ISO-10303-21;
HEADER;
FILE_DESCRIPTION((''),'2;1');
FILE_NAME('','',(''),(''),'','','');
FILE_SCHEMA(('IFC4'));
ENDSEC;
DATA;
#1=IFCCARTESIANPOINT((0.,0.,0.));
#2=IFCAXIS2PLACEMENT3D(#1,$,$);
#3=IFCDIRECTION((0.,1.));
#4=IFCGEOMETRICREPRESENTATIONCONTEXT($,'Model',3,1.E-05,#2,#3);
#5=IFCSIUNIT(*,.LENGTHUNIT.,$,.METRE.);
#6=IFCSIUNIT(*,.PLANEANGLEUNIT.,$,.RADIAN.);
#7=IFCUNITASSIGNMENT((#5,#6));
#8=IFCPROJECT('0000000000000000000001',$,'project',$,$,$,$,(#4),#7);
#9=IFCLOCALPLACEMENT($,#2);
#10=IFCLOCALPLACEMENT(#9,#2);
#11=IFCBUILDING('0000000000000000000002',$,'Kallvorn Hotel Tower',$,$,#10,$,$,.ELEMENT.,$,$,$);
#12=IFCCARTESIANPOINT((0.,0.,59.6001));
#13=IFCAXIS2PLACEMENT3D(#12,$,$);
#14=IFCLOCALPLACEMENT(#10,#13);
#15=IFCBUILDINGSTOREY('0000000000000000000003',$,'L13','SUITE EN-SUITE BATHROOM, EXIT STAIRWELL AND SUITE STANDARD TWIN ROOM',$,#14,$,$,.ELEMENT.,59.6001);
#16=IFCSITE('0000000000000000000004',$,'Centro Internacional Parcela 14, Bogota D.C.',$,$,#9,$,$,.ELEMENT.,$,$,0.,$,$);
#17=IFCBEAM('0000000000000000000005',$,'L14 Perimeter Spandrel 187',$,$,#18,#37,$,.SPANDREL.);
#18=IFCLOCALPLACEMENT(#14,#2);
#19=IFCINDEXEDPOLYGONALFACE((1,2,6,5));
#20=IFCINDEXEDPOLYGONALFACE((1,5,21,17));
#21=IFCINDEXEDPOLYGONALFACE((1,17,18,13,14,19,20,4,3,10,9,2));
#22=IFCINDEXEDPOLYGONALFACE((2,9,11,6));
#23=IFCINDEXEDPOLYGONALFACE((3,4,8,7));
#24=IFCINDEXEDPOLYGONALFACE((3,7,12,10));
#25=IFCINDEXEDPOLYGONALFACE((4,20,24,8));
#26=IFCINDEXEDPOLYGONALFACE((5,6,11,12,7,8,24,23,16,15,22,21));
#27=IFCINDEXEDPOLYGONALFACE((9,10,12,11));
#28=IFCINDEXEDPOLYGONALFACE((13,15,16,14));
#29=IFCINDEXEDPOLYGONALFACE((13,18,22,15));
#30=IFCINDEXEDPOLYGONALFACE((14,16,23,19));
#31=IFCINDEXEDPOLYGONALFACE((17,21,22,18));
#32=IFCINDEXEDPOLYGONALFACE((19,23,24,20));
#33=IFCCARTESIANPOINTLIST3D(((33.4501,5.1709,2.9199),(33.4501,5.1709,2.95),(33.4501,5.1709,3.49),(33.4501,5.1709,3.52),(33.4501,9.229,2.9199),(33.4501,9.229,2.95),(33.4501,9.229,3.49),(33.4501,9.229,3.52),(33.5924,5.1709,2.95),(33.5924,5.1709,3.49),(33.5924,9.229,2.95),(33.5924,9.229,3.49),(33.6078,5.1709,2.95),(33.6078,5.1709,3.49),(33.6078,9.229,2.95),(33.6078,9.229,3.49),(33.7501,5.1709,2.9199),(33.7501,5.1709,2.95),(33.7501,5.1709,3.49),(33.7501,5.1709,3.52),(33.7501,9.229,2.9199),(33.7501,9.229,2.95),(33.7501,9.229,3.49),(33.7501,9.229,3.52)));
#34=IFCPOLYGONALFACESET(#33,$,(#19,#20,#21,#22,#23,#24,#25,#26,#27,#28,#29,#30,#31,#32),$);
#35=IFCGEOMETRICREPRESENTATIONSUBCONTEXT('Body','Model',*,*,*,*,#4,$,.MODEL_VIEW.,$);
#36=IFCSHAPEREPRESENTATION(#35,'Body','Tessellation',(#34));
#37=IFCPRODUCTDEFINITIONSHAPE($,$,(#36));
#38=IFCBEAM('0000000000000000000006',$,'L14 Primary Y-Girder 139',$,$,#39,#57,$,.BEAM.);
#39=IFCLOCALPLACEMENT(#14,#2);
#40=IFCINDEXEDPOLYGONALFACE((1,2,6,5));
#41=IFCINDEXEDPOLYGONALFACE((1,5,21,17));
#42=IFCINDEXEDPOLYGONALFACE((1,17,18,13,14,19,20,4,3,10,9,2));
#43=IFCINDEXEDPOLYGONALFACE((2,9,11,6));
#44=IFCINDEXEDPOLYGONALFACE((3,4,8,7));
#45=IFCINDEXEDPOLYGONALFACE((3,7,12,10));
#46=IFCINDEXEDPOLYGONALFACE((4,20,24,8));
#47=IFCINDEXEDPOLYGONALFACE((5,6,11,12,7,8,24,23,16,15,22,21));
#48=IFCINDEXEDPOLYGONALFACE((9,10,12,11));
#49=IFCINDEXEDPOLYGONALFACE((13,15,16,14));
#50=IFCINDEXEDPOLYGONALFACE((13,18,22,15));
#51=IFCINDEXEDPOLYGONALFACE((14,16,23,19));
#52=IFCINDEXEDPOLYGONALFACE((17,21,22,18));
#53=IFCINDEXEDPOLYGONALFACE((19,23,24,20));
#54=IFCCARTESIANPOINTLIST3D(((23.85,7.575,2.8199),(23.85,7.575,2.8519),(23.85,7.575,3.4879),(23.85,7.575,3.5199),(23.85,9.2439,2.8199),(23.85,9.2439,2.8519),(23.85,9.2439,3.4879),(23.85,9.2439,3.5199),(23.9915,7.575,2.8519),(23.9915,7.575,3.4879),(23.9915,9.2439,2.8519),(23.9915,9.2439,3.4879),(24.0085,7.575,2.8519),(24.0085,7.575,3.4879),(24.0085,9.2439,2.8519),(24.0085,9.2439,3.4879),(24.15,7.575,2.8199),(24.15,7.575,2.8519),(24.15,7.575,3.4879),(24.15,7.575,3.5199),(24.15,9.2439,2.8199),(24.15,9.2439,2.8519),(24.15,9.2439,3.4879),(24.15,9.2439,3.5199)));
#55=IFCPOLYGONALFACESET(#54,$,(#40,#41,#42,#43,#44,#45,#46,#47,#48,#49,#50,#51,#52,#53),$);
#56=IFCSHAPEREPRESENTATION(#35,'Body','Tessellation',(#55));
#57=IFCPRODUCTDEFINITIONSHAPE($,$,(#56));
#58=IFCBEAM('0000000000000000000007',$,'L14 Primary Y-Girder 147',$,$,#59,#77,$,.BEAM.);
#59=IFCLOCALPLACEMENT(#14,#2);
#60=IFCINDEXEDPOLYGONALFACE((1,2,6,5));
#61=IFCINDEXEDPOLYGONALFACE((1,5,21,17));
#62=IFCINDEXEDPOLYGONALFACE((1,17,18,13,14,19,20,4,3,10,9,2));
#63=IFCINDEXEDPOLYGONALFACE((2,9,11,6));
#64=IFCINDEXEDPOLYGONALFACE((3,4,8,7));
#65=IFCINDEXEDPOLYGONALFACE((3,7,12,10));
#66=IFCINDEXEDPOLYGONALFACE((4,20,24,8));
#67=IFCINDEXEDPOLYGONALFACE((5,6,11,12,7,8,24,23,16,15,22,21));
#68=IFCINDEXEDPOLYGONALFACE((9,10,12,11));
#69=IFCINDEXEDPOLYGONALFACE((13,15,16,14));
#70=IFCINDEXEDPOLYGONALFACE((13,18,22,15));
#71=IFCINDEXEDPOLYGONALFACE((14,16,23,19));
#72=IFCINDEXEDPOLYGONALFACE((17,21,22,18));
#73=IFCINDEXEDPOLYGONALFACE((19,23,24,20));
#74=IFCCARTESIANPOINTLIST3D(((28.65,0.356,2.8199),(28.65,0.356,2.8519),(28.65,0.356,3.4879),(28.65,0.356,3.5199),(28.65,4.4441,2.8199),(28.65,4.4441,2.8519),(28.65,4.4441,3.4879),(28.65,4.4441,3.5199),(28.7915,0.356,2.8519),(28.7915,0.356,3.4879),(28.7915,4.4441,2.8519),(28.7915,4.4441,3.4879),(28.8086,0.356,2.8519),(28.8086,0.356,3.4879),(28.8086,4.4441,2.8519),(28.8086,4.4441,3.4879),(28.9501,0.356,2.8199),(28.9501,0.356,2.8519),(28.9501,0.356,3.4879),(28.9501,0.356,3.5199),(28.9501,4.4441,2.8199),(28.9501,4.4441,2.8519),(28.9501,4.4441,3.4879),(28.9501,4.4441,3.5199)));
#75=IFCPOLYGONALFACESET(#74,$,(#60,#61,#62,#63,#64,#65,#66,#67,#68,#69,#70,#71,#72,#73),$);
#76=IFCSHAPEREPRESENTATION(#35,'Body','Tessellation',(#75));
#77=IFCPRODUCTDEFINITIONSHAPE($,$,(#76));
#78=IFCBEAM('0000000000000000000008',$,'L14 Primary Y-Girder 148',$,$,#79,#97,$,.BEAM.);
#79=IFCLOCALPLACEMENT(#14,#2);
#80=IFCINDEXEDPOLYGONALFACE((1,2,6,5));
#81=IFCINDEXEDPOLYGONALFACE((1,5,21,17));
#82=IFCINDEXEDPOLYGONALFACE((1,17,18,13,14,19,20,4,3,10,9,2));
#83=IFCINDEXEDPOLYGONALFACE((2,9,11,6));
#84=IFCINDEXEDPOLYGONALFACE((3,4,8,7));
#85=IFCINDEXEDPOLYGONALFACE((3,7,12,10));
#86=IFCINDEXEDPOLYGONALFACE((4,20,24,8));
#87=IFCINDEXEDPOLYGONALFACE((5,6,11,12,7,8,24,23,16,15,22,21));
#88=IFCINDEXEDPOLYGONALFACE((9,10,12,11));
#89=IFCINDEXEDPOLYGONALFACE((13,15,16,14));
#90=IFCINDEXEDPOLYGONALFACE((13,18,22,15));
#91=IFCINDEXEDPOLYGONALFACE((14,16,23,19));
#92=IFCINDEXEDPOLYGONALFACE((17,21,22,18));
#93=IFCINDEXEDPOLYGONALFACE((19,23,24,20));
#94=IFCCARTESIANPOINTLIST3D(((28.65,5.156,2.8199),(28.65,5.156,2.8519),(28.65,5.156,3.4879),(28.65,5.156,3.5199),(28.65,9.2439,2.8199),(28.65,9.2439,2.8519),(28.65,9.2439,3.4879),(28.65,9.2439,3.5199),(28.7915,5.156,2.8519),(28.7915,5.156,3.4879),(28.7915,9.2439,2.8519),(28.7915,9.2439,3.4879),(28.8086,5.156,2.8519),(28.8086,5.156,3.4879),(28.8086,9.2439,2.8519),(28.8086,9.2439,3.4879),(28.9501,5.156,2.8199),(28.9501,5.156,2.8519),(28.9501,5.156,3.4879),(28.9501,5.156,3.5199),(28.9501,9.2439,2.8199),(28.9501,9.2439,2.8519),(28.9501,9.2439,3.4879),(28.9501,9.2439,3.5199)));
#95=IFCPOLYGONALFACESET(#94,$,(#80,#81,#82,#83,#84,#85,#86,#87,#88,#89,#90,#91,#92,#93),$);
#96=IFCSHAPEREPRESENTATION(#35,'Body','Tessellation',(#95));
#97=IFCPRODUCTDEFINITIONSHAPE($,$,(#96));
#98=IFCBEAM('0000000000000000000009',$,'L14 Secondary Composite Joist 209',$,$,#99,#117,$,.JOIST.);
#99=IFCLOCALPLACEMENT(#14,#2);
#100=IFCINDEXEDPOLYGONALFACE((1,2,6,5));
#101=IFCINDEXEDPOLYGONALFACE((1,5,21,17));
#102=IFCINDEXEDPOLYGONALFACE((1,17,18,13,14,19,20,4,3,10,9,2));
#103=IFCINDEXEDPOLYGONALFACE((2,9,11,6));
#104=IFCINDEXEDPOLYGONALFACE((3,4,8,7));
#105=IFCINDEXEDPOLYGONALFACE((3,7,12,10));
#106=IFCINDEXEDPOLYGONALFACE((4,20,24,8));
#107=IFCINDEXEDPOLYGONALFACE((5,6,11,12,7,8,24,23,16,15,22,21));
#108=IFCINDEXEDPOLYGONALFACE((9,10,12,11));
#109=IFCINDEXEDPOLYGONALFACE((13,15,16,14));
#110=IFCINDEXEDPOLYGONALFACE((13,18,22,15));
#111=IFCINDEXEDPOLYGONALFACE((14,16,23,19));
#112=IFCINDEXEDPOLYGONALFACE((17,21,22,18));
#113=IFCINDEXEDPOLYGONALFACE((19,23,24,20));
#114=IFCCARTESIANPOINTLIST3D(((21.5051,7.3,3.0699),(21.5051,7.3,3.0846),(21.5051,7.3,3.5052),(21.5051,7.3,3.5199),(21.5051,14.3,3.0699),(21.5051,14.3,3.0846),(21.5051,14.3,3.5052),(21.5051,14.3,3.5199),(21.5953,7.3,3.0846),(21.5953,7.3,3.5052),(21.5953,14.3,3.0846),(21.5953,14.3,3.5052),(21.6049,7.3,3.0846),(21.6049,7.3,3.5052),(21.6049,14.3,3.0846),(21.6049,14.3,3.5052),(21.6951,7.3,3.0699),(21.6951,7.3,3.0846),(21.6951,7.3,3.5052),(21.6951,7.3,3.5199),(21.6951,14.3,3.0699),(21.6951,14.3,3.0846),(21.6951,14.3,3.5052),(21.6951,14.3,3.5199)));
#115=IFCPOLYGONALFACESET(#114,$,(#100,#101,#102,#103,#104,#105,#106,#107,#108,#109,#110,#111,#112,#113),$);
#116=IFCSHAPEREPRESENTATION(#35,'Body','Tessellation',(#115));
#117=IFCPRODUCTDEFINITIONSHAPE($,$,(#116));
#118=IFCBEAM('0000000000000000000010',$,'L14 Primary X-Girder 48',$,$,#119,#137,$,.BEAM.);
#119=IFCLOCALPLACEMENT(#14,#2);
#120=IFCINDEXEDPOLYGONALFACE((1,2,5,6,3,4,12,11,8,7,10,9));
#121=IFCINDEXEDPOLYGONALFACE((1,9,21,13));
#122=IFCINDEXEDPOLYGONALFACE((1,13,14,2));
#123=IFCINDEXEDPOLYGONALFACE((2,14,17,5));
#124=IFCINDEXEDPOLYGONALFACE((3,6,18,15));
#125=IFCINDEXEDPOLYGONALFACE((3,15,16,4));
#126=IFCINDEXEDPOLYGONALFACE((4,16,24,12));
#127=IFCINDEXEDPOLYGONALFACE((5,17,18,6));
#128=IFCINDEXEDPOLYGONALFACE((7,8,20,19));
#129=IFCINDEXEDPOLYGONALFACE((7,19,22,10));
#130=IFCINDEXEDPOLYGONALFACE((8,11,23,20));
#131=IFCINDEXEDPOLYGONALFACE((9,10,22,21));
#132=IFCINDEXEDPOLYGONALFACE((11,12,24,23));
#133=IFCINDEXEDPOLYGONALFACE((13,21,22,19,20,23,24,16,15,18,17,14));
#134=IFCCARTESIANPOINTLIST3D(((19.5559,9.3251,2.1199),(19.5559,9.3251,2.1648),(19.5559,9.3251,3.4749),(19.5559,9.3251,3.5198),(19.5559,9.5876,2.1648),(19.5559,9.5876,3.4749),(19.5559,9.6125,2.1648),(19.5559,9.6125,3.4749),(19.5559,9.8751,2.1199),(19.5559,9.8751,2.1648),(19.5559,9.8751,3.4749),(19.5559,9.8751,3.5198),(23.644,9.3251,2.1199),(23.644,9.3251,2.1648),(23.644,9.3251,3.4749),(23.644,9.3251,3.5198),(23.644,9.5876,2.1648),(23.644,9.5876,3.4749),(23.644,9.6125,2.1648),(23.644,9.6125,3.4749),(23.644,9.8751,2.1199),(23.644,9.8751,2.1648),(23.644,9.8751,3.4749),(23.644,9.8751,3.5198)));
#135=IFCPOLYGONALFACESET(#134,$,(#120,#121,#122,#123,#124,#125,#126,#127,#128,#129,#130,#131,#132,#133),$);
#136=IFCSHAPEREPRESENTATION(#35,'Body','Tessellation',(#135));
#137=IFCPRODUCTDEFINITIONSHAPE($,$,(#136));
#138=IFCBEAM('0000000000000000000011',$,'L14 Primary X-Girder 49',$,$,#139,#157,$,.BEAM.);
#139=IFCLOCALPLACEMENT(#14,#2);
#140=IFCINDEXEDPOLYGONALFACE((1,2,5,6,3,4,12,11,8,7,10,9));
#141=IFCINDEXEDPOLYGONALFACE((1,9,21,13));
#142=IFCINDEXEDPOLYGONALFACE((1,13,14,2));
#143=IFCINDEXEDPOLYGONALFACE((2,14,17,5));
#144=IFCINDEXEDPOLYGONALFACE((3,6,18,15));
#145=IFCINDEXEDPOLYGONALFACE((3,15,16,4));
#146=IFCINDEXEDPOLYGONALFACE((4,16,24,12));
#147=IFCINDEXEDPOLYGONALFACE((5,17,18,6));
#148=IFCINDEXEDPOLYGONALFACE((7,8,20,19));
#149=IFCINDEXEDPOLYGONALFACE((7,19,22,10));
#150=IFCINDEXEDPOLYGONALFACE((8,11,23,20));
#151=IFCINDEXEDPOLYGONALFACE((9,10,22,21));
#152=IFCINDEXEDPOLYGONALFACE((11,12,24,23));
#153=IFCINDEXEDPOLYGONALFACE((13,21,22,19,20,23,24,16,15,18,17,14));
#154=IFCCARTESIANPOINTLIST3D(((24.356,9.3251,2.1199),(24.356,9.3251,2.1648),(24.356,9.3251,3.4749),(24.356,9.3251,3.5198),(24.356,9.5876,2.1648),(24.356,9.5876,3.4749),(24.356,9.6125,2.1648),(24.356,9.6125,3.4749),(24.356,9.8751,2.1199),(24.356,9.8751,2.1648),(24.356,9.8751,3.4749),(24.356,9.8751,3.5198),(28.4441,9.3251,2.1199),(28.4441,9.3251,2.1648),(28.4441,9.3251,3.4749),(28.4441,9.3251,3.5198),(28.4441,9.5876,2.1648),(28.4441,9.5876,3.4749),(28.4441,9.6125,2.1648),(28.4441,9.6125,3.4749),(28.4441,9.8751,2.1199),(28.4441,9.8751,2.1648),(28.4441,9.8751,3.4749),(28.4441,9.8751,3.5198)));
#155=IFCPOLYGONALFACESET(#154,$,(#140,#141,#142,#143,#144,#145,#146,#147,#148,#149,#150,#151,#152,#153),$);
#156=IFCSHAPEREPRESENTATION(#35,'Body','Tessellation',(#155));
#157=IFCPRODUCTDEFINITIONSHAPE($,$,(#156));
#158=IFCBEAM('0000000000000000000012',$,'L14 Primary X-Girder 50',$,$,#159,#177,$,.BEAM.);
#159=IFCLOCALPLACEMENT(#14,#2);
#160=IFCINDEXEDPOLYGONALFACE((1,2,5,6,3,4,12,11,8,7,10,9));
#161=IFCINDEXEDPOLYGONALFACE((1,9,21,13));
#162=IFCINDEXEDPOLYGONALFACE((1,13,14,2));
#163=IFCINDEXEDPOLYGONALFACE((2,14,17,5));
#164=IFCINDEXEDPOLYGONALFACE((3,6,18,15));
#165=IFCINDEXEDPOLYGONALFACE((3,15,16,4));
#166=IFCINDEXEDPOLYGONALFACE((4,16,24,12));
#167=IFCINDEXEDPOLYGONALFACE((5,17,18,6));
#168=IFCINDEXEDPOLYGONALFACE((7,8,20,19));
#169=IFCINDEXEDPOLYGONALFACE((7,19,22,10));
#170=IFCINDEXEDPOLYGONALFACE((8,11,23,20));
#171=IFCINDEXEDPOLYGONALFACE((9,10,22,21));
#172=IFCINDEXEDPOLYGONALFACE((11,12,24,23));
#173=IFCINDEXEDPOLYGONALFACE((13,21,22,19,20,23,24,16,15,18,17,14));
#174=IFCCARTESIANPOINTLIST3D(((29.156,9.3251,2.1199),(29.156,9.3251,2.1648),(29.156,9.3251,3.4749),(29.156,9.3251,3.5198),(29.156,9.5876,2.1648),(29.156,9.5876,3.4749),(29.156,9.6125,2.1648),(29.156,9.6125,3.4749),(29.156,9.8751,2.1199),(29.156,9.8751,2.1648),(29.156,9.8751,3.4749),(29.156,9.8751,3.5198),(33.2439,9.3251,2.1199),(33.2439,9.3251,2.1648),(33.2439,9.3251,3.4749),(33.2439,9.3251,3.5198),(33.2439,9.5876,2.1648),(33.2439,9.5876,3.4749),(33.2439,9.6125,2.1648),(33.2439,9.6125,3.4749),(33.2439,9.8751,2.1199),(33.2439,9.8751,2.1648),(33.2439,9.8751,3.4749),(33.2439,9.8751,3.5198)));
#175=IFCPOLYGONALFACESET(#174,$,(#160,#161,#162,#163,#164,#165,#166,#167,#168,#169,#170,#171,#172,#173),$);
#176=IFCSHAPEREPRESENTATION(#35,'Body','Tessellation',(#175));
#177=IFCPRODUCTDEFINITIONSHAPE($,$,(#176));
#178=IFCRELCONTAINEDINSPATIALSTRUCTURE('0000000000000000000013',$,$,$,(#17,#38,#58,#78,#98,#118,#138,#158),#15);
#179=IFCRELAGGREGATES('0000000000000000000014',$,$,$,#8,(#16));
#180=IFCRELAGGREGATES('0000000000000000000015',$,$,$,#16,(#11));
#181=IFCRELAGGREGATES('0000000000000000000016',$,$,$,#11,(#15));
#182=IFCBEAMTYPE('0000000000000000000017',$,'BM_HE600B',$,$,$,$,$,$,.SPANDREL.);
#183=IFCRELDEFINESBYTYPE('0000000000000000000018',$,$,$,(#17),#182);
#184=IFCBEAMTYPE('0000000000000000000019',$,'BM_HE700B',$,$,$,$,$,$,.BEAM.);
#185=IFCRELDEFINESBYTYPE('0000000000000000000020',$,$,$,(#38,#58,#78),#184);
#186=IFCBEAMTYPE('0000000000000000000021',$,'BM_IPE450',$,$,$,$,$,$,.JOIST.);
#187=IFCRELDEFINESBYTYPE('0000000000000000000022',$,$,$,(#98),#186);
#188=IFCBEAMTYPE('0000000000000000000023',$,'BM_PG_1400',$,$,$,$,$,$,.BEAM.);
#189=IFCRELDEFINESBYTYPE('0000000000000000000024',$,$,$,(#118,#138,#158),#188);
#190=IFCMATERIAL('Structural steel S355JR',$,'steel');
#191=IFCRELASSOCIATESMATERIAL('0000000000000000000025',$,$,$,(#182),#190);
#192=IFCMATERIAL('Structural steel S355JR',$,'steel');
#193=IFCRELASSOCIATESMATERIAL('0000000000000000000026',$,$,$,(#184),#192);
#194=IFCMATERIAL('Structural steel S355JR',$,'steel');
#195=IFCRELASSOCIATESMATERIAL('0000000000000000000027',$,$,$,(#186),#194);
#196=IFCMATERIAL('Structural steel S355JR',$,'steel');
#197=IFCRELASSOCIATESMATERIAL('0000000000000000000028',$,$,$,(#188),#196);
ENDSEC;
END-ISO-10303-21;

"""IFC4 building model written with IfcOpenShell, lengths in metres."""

from ifc_helpers import new_model, si_unit, direction, frame, origin, origin_2d, place, context, subcontext, project, spatial, i_section, extrude, material, material_profile, profile_set, type_object, element, save


model = new_model("IFC4")

# Units and contexts
model_context = context("Model", 3, precision=1e-05, world=origin(), true_north=direction((0.0, 1.0)))
body_context = subcontext(model_context, "Body", "Model", "MODEL_VIEW")
ifc_project = project(units=[si_unit("LENGTHUNIT", "METRE"), si_unit("PLANEANGLEUNIT", "RADIAN")], contexts=[model_context])

# Site, building, storey
site_placement = place(None, origin())
site = spatial("IfcSite", under=ifc_project, at=site_placement, Name="Centro Internacional Parcela 14, Bogota D.C.", CompositionType="ELEMENT", RefElevation=0.0)
building_placement = place(site_placement, origin())
building = spatial("IfcBuilding", under=site, at=building_placement, Name="Kallvorn Hotel Tower", CompositionType="ELEMENT")
storey_placement = place(building_placement, frame((0.0, 0.0, 59.6001)))
storey = spatial("IfcBuildingStorey", under=building, at=storey_placement, Name="L13", Description="SUITE EN-SUITE BATHROOM, EXIT STAIRWELL AND SUITE STANDARD TWIN ROOM", CompositionType="ELEMENT", Elevation=59.6001)

# Beams
ifc_material_1 = material(Name="Structural steel S355JR", Category="steel")
ifc_material_profile_1 = material_profile(ifc_material_1, i_section(OverallWidth=0.3, OverallDepth=0.6001, WebThickness=0.0154, FlangeThickness=0.03, at=origin_2d()), Name="HE 600 B")
ifc_profile_set_1 = profile_set([ifc_material_profile_1], Name="Structural steel S355JR")
beam_type_1 = type_object("IfcBeamType", Name="BM_HE600B", PredefinedType="SPANDREL", material=ifc_profile_set_1)
beam_1_placement = place(storey_placement, frame((33.6001, 5.1709, 3.22), z_axis=(0.0, 1.0, 0.0), x_axis=(-1.0, 0.0, 0.0)))
element("IfcBeam", 1, at=beam_1_placement, inside=storey, type_object=beam_type_1, Name="L14 Perimeter Spandrel 187", PredefinedType="SPANDREL", context=body_context, shape_type="SweptSolid", body=[
    extrude(i_section(OverallWidth=0.3, OverallDepth=0.6001, WebThickness=0.0154, FlangeThickness=0.03, at=origin_2d()), origin(), (0.0, 0.0, 1.0), 4.0581),
])
ifc_material_2 = material(Name="Structural steel S355JR", Category="steel")
ifc_material_profile_2 = material_profile(ifc_material_2, i_section(OverallWidth=0.3, OverallDepth=0.7, WebThickness=0.0171, FlangeThickness=0.032, at=origin_2d()), Name="HE 700 B")
ifc_profile_set_2 = profile_set([ifc_material_profile_2], Name="Structural steel S355JR")
beam_type_2 = type_object("IfcBeamType", Name="BM_HE700B", PredefinedType="BEAM", material=ifc_profile_set_2)
beam_2_placement = place(storey_placement, frame((24.0, 7.575, 3.1699), z_axis=(0.0, 1.0, 0.0), x_axis=(-1.0, 0.0, 0.0)))
element("IfcBeam", 2, at=beam_2_placement, inside=storey, type_object=beam_type_2, Name="L14 Primary Y-Girder 139", PredefinedType="BEAM", context=body_context, shape_type="SweptSolid", body=[
    extrude(i_section(OverallWidth=0.3, OverallDepth=0.7, WebThickness=0.0171, FlangeThickness=0.032, at=origin_2d()), origin(), (0.0, 0.0, 1.0), 1.6689),
])
beam_3_placement = place(storey_placement, frame((28.8, 0.356, 3.1699), z_axis=(0.0, 1.0, 0.0), x_axis=(-1.0, 0.0, 0.0)))
element("IfcBeam", 3, at=beam_3_placement, inside=storey, type_object=beam_type_2, Name="L14 Primary Y-Girder 147", PredefinedType="BEAM", context=body_context, shape_type="SweptSolid", body=[
    extrude(i_section(OverallWidth=0.3, OverallDepth=0.7, WebThickness=0.0171, FlangeThickness=0.032, at=origin_2d()), origin(), (0.0, 0.0, 1.0), 4.0881),
])
beam_4_placement = place(storey_placement, frame((28.8, 5.156, 3.1699), z_axis=(0.0, 1.0, 0.0), x_axis=(-1.0, 0.0, 0.0)))
element("IfcBeam", 4, at=beam_4_placement, inside=storey, type_object=beam_type_2, Name="L14 Primary Y-Girder 148", PredefinedType="BEAM", context=body_context, shape_type="SweptSolid", body=[
    extrude(i_section(OverallWidth=0.3, OverallDepth=0.7, WebThickness=0.0171, FlangeThickness=0.032, at=origin_2d()), origin(), (0.0, 0.0, 1.0), 4.0879),
])
ifc_material_3 = material(Name="Structural steel S355JR", Category="steel")
ifc_material_profile_3 = material_profile(ifc_material_3, i_section(OverallWidth=0.1899, OverallDepth=0.45, WebThickness=0.0095, FlangeThickness=0.0146, at=origin_2d()), Name="IPE 450")
ifc_profile_set_3 = profile_set([ifc_material_profile_3], Name="Structural steel S355JR")
beam_type_3 = type_object("IfcBeamType", Name="BM_IPE450", PredefinedType="JOIST", material=ifc_profile_set_3)
beam_5_placement = place(storey_placement, frame((21.6001, 7.3, 3.2949), z_axis=(0.0, 1.0, 0.0), x_axis=(-1.0, 0.0, 0.0)))
element("IfcBeam", 5, at=beam_5_placement, inside=storey, type_object=beam_type_3, Name="L14 Secondary Composite Joist 209", PredefinedType="JOIST", context=body_context, shape_type="SweptSolid", body=[
    extrude(i_section(OverallWidth=0.1899, OverallDepth=0.45, WebThickness=0.0095, FlangeThickness=0.0146, at=origin_2d()), origin(), (0.0, 0.0, 1.0), 7.0),
])
ifc_material_4 = material(Name="Structural steel S355JR", Category="steel")
ifc_material_profile_4 = material_profile(ifc_material_4, i_section(OverallWidth=0.55, OverallDepth=1.3999, WebThickness=0.0249, FlangeThickness=0.0449, at=origin_2d()), Name="PG 1400x550x25x45")
ifc_profile_set_4 = profile_set([ifc_material_profile_4], Name="Structural steel S355JR")
beam_type_4 = type_object("IfcBeamType", Name="BM_PG_1400", PredefinedType="BEAM", material=ifc_profile_set_4)
for number, where, z_axis, x_axis, name in (
    (6, (19.5559, 9.6001, 2.8198), (1.0, 0.0, 0.0), (0.0, 1.0, 0.0), "L14 Primary X-Girder 48"),
    (7, (24.356, 9.6001, 2.8198), (1.0, 0.0, 0.0), (0.0, 1.0, 0.0), "L14 Primary X-Girder 49"),
):
    element("IfcBeam", number, at=place(storey_placement, frame(where, z_axis=z_axis, x_axis=x_axis)), inside=storey, type_object=beam_type_4, Name=name, PredefinedType="BEAM", context=body_context, shape_type="SweptSolid", body=[
        extrude(i_section(OverallWidth=0.55, OverallDepth=1.3999, WebThickness=0.0249, FlangeThickness=0.0449, at=origin_2d()), origin(), (0.0, 0.0, 1.0), 4.0881),
    ])
beam_6_placement = place(storey_placement, frame((29.156, 9.6001, 2.8198), z_axis=(1.0, 0.0, 0.0), x_axis=(0.0, 1.0, 0.0)))
element("IfcBeam", 8, at=beam_6_placement, inside=storey, type_object=beam_type_4, Name="L14 Primary X-Girder 50", PredefinedType="BEAM", context=body_context, shape_type="SweptSolid", body=[
    extrude(i_section(OverallWidth=0.55, OverallDepth=1.3999, WebThickness=0.0249, FlangeThickness=0.0449, at=origin_2d()), origin(), (0.0, 0.0, 1.0), 4.0879),
])

save(model, "model.ifc")
